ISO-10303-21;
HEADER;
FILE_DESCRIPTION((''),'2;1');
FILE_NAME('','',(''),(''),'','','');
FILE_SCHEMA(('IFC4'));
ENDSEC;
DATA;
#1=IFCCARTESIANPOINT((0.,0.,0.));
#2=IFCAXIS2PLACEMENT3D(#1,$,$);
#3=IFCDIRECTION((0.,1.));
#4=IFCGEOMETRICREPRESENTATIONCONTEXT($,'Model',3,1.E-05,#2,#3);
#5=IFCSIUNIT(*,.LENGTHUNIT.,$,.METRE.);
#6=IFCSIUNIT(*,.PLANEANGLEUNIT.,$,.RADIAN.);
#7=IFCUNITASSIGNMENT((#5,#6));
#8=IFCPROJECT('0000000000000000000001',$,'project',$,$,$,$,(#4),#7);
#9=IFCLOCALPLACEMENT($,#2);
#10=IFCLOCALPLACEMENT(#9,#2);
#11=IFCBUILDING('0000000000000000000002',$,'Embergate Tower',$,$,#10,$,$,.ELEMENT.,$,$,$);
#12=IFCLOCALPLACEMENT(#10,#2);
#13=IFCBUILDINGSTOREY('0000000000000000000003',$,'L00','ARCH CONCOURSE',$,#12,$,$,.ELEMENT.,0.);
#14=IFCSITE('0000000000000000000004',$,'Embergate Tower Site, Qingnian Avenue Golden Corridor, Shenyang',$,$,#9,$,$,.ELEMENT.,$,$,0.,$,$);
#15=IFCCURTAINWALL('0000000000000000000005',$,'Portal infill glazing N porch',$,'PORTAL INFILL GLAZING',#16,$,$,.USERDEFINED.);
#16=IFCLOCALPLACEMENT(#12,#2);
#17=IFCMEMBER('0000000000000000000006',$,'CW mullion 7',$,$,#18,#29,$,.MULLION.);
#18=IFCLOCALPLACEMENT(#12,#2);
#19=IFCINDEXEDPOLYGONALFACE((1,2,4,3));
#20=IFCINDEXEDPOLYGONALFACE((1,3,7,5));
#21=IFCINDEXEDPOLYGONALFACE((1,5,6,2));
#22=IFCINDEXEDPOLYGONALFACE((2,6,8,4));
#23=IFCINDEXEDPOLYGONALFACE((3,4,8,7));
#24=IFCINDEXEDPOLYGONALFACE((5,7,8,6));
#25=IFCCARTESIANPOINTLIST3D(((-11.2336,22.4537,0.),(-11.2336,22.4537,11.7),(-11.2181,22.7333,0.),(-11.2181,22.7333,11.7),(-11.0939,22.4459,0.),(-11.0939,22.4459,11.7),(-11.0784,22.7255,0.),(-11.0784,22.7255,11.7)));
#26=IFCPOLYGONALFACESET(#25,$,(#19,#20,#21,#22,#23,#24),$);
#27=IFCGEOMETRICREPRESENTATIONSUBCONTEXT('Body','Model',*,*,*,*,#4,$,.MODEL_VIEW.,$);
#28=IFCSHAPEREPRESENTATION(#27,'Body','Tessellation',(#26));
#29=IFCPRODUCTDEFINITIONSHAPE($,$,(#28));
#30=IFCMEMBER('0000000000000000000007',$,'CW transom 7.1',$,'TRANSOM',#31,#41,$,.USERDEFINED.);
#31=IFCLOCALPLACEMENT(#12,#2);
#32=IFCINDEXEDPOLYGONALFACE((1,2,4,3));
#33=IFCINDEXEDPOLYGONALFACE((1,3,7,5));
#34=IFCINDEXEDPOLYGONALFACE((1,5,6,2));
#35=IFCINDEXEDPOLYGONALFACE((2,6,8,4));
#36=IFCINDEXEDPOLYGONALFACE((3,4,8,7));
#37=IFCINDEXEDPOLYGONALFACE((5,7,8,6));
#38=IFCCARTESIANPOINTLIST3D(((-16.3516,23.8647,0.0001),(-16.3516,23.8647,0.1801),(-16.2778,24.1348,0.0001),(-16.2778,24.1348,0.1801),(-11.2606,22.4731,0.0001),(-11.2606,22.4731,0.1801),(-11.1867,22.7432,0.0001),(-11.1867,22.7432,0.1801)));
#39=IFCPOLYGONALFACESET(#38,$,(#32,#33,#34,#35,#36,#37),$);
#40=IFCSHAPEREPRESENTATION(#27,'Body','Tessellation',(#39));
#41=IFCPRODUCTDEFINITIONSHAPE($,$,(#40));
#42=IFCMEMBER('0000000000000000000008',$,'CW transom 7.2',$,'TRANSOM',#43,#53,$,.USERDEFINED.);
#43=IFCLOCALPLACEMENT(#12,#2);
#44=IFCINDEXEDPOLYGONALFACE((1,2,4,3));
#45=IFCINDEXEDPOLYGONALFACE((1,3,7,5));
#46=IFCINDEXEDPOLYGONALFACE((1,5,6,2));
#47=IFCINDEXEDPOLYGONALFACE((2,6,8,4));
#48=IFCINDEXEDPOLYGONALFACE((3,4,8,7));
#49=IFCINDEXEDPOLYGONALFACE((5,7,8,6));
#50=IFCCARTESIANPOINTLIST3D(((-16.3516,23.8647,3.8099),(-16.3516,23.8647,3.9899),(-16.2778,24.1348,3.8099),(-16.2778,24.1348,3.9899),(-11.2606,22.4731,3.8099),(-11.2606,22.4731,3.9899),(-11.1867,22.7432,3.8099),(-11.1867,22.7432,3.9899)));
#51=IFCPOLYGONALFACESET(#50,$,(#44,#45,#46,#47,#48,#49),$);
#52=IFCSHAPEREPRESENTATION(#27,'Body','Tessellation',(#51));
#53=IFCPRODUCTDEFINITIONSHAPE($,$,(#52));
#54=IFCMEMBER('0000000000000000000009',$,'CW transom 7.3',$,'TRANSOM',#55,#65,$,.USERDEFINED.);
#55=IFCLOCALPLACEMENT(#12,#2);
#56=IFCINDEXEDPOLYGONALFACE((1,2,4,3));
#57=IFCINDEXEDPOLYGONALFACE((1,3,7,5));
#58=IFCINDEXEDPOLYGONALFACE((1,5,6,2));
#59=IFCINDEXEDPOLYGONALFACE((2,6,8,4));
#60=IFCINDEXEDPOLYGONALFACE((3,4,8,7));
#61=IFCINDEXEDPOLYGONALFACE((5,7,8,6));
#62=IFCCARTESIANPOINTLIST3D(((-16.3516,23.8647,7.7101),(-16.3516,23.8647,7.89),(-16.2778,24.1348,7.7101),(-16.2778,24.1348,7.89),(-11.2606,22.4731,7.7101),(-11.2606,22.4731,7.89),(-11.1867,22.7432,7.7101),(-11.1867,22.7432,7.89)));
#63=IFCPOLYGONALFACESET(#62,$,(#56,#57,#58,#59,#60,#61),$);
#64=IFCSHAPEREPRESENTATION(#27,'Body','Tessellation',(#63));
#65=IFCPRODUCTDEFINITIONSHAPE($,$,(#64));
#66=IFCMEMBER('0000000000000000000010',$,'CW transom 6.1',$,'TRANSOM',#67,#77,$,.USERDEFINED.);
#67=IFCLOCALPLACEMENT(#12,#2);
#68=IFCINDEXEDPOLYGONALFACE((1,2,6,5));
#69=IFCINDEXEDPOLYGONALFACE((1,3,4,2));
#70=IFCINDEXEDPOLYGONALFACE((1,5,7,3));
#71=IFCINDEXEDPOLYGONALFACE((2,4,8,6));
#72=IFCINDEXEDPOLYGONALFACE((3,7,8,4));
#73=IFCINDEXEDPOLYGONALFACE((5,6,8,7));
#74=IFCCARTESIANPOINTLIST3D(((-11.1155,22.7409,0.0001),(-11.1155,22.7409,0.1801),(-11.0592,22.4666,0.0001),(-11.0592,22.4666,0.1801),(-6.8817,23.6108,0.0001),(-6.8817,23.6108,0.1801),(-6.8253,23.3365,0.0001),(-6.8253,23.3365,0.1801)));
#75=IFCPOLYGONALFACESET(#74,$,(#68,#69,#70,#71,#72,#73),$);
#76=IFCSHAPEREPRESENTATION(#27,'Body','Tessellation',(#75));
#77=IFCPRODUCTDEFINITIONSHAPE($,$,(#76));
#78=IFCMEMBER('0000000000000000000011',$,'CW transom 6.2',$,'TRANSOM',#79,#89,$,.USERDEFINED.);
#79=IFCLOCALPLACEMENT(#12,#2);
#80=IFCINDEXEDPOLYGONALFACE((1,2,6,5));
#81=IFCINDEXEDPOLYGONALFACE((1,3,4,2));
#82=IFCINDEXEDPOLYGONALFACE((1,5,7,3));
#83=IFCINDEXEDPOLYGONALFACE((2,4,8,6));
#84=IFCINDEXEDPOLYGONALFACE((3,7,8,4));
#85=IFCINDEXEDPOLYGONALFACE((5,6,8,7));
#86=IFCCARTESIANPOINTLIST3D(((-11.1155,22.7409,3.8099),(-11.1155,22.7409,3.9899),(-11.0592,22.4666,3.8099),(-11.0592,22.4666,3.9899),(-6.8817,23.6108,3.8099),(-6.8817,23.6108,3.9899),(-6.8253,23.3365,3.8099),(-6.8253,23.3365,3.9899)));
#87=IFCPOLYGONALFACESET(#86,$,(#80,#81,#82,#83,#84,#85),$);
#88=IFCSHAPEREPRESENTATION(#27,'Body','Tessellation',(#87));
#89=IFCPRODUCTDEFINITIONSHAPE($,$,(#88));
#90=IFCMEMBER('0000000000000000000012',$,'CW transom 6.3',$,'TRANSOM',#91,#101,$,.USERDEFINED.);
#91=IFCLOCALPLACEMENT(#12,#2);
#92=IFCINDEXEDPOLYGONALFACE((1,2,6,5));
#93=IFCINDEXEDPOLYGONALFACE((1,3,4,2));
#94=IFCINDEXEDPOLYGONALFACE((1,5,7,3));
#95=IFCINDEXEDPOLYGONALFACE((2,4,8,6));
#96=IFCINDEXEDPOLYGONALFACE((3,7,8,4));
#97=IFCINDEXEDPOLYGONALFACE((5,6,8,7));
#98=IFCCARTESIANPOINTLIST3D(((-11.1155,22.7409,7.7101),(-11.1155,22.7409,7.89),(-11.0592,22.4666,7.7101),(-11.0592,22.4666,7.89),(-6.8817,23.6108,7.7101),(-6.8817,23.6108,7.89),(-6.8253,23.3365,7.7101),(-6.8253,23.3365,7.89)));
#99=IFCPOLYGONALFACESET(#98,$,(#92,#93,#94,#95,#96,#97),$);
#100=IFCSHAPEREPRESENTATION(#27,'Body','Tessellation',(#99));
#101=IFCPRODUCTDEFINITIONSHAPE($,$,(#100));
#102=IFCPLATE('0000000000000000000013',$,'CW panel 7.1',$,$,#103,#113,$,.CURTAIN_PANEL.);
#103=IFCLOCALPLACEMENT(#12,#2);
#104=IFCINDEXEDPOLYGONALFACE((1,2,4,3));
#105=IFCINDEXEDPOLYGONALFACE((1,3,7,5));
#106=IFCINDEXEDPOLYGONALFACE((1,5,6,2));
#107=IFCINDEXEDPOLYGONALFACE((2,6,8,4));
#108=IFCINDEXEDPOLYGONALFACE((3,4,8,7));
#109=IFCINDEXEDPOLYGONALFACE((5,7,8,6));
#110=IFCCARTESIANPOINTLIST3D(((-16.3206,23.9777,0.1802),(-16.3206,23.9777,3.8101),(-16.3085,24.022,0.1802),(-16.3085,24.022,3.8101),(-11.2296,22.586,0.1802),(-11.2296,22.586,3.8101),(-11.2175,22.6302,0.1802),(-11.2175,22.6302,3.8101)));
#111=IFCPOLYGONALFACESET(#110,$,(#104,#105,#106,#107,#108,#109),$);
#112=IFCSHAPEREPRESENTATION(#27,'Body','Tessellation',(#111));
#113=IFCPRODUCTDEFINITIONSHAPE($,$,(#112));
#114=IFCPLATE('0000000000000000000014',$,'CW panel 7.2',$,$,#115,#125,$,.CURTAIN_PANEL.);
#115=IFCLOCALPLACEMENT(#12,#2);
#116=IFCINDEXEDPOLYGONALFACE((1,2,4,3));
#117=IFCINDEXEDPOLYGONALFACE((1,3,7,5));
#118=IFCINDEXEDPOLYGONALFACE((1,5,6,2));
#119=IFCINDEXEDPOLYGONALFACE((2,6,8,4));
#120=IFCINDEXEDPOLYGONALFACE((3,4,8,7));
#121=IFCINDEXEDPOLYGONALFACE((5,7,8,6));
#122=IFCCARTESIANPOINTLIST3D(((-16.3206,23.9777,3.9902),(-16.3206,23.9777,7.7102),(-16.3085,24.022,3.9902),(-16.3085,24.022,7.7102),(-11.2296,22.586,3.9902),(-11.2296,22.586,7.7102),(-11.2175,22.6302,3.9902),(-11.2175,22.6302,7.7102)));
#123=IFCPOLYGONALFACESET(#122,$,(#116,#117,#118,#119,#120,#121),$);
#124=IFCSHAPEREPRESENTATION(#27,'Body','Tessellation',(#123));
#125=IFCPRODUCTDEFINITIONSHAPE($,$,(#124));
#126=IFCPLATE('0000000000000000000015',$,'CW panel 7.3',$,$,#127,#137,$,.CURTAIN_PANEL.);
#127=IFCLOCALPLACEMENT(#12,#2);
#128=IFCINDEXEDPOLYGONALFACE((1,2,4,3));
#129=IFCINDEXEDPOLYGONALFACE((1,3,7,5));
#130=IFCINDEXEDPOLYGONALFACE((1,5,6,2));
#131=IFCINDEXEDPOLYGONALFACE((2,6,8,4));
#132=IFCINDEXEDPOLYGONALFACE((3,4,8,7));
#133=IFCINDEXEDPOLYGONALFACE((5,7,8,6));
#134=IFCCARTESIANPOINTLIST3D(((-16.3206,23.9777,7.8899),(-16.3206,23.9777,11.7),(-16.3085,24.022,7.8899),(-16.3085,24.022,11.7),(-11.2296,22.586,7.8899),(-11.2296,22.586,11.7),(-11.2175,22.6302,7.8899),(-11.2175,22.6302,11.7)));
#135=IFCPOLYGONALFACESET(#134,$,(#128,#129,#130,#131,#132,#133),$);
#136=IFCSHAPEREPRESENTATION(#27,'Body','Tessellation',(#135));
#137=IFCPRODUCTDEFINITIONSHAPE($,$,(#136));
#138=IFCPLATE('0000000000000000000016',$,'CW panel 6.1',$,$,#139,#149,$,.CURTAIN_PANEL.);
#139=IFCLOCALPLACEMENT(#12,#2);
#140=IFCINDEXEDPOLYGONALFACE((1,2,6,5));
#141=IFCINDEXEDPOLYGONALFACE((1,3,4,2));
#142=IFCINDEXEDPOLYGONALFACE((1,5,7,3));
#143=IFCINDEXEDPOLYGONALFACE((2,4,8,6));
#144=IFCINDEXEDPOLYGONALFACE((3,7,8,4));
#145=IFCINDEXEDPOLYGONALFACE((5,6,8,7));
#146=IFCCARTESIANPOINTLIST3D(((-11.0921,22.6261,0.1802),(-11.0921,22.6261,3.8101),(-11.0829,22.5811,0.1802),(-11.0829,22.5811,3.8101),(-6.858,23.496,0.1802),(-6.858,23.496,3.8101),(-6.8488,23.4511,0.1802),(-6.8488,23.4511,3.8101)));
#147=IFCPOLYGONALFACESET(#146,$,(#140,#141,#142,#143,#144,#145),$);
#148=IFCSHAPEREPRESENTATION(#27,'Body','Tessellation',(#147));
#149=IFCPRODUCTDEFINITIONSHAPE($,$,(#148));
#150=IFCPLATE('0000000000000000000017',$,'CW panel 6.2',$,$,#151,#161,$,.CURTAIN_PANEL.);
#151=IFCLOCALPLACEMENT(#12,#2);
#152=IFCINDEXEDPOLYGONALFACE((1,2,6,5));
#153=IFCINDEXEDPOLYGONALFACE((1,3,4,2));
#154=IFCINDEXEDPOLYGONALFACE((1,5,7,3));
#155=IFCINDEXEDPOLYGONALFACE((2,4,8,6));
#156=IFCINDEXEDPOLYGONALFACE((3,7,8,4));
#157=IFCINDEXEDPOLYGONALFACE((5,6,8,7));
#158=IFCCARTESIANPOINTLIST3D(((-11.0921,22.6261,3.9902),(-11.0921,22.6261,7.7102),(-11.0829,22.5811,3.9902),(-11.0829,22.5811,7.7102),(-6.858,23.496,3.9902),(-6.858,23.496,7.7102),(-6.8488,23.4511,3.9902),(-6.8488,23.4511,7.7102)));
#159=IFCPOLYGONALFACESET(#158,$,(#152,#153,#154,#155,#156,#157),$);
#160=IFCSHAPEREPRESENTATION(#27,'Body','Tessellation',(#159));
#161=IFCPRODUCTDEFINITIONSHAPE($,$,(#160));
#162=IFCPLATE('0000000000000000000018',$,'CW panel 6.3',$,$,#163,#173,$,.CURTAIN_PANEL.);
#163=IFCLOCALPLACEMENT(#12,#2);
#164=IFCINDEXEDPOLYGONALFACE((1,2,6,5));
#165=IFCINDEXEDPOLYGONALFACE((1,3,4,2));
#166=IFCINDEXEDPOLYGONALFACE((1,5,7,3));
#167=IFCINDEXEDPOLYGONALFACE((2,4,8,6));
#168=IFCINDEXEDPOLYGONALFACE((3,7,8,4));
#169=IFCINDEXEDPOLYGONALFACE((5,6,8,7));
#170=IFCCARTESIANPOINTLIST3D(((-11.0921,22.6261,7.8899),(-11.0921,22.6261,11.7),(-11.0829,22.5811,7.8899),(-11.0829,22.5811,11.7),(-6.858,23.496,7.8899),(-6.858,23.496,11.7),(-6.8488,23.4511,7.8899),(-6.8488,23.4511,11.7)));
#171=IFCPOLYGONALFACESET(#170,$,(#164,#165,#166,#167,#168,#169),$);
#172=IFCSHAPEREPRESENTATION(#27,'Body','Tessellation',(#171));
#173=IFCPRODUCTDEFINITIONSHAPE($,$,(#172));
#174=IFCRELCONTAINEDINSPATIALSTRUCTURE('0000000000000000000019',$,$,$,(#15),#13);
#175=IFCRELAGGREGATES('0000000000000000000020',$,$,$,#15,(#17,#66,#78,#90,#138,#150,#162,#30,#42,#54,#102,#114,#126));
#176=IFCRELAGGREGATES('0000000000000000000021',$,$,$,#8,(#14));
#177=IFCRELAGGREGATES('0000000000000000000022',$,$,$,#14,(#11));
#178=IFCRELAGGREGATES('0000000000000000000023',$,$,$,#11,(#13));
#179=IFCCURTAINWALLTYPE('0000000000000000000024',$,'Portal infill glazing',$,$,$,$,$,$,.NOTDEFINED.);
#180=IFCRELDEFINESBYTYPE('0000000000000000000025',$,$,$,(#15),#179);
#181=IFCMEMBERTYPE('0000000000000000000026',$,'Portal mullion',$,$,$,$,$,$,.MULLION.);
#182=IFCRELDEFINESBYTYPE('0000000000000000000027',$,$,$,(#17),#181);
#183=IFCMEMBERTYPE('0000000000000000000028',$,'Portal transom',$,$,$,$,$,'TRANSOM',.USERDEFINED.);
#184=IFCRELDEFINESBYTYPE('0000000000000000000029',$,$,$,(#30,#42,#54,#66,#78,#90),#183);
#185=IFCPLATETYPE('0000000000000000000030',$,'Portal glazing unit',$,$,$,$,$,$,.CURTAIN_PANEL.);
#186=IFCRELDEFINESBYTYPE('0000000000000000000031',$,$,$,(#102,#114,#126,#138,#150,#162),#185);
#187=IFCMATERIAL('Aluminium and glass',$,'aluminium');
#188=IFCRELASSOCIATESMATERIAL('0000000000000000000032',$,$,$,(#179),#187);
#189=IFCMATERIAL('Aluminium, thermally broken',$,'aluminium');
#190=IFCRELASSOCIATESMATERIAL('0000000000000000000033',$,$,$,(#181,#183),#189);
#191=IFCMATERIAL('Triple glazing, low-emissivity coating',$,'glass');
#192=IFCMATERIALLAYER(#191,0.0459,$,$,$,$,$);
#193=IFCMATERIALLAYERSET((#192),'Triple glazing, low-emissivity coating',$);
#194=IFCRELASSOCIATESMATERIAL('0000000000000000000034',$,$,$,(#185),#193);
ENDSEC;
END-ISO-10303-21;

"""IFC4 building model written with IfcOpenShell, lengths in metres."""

from ifc_helpers import new_model, si_unit, direction, frame, origin, origin_2d, place, context, subcontext, project, spatial, rectangle, extrude, source, transform, mapped, material, layer, layer_set, material_profile, profile_set, type_object, element, aggregate, save


model = new_model("IFC4")

# Units and contexts
model_context = context("Model", 3, precision=1e-05, world=origin(), true_north=direction((0.0, 1.0)))
body_context = subcontext(model_context, "Body", "Model", "MODEL_VIEW")
ifc_project = project(units=[si_unit("LENGTHUNIT", "METRE"), si_unit("PLANEANGLEUNIT", "RADIAN")], contexts=[model_context])

# Site, building, storey
site_placement = place(None, origin())
site = spatial("IfcSite", under=ifc_project, at=site_placement, Name="Embergate Tower Site, Qingnian Avenue Golden Corridor, Shenyang", CompositionType="ELEMENT", RefElevation=0.0)
building_placement = place(site_placement, origin())
building = spatial("IfcBuilding", under=site, at=building_placement, Name="Embergate Tower", CompositionType="ELEMENT")
storey_placement = place(building_placement, origin())
storey = spatial("IfcBuildingStorey", under=building, at=storey_placement, Name="L00", Description="ARCH CONCOURSE", CompositionType="ELEMENT", Elevation=0.0)

# Curtain wall, members, plates
ifc_material_1 = material(Name="Aluminium and glass", Category="aluminium")
curtain_wall_type = type_object("IfcCurtainWallType", Name="Portal infill glazing", PredefinedType="NOTDEFINED", material=ifc_material_1)
curtain_wall_placement = place(storey_placement, origin())
curtain_wall = element("IfcCurtainWall", 1, at=curtain_wall_placement, inside=storey, type_object=curtain_wall_type, Name="Portal infill glazing N porch", ObjectType="PORTAL INFILL GLAZING", PredefinedType="USERDEFINED")
ifc_material_2 = material(Name="Aluminium, thermally broken", Category="aluminium")
ifc_material_profile_1 = material_profile(ifc_material_2, rectangle(XDim=0.28, YDim=0.1399, at=origin_2d()), Name="AL 140x280")
ifc_profile_set_1 = profile_set([ifc_material_profile_1], Name="Aluminium, thermally broken")
member_type_1 = type_object("IfcMemberType", Name="Portal mullion", PredefinedType="MULLION", material=ifc_profile_set_1)
shared_shape_1 = source(origin(), body_context, "Body", "SweptSolid", [
    extrude(rectangle(XDim=0.28, YDim=0.1399, at=origin_2d()), origin(), (0.0, 0.0, 1.0), 11.7),
])
member_1_placement = place(storey_placement, frame((-11.156, 22.5896, 0.0), z_axis=(0.0, 0.0, 1.0), x_axis=(-0.055198, -0.998475, 0.0)))
member_1 = element("IfcMember", 2, at=member_1_placement, type_object=member_type_1, Name="CW mullion 7", PredefinedType="MULLION", context=body_context, shape_type="MappedRepresentation", body=[
    mapped(shared_shape_1, transform((0.0, 0.0, 0.0))),
])
ifc_material_profile_2 = material_profile(ifc_material_2, rectangle(XDim=0.28, YDim=0.1799, at=origin_2d()), Name="AL 180x280")
ifc_profile_set_2 = profile_set([ifc_material_profile_2], Name="Aluminium, thermally broken")
member_type_2 = type_object("IfcMemberType", Name="Portal transom", ElementType="TRANSOM", PredefinedType="USERDEFINED", material=ifc_profile_set_2)
shared_shape_2 = source(origin(), body_context, "Body", "SweptSolid", [
    extrude(rectangle(XDim=0.28, YDim=0.1799, at=origin_2d()), origin(), (0.0, 0.0, 1.0), 5.2778),
])
member_2_placement = place(storey_placement, frame((-11.2236, 22.6082, 0.0901), z_axis=(-0.964613, 0.263669, 0.0), x_axis=(-0.263669, -0.964613, 0.0)))
member_2 = element("IfcMember", 3, at=member_2_placement, type_object=member_type_2, Name="CW transom 7.1", ObjectType="TRANSOM", PredefinedType="USERDEFINED", context=body_context, shape_type="MappedRepresentation", body=[
    mapped(shared_shape_2, transform((0.0, 0.0, 0.0))),
])
member_3_placement = place(storey_placement, frame((-11.2236, 22.6082, 3.8999), z_axis=(-0.964613, 0.263669, 0.0), x_axis=(-0.263669, -0.964613, 0.0)))
member_3 = element("IfcMember", 4, at=member_3_placement, type_object=member_type_2, Name="CW transom 7.2", ObjectType="TRANSOM", PredefinedType="USERDEFINED", context=body_context, shape_type="MappedRepresentation", body=[
    mapped(shared_shape_2, transform((0.0, 0.0, 0.0))),
])
member_4_placement = place(storey_placement, frame((-11.2236, 22.6082, 7.8), z_axis=(-0.964613, 0.263669, 0.0), x_axis=(-0.263669, -0.964613, 0.0)))
member_4 = element("IfcMember", 5, at=member_4_placement, type_object=member_type_2, Name="CW transom 7.3", ObjectType="TRANSOM", PredefinedType="USERDEFINED", context=body_context, shape_type="MappedRepresentation", body=[
    mapped(shared_shape_2, transform((0.0, 0.0, 0.0))),
])
shared_shape_3 = source(origin(), body_context, "Body", "SweptSolid", [
    extrude(rectangle(XDim=0.28, YDim=0.1799, at=origin_2d()), origin(), (0.0, 0.0, 1.0), 4.3223),
])
member_5_placement = place(storey_placement, frame((-6.8535, 23.4736, 0.0901), z_axis=(-0.97954, -0.201251, 0.0), x_axis=(0.201251, -0.97954, 0.0)))
member_5 = element("IfcMember", 6, at=member_5_placement, type_object=member_type_2, Name="CW transom 6.1", ObjectType="TRANSOM", PredefinedType="USERDEFINED", context=body_context, shape_type="MappedRepresentation", body=[
    mapped(shared_shape_3, transform((0.0, 0.0, 0.0))),
])
member_6_placement = place(storey_placement, frame((-6.8535, 23.4736, 3.8999), z_axis=(-0.97954, -0.201251, 0.0), x_axis=(0.201251, -0.97954, 0.0)))
member_6 = element("IfcMember", 7, at=member_6_placement, type_object=member_type_2, Name="CW transom 6.2", ObjectType="TRANSOM", PredefinedType="USERDEFINED", context=body_context, shape_type="MappedRepresentation", body=[
    mapped(shared_shape_3, transform((0.0, 0.0, 0.0))),
])
member_7_placement = place(storey_placement, frame((-6.8535, 23.4736, 7.8), z_axis=(-0.97954, -0.201251, 0.0), x_axis=(0.201251, -0.97954, 0.0)))
member_7 = element("IfcMember", 8, at=member_7_placement, type_object=member_type_2, Name="CW transom 6.3", ObjectType="TRANSOM", PredefinedType="USERDEFINED", context=body_context, shape_type="MappedRepresentation", body=[
    mapped(shared_shape_3, transform((0.0, 0.0, 0.0))),
])
ifc_material_3 = material(Name="Triple glazing, low-emissivity coating", Category="glass")
ifc_layer_1 = layer(ifc_material_3, 0.0459)
ifc_layer_set_1 = layer_set([ifc_layer_1], Name="Triple glazing, low-emissivity coating")
plate_type = type_object("IfcPlateType", Name="Portal glazing unit", PredefinedType="CURTAIN_PANEL", material=ifc_layer_set_1)
shared_shape_4 = source(origin(), body_context, "Body", "SweptSolid", [
    extrude(rectangle(XDim=5.2778, YDim=0.0459, at=origin_2d()), origin(), (0.0, 0.0, 1.0), 3.6299),
])
plate_1_placement = place(storey_placement, frame((-13.769, 23.304, 0.1802), z_axis=(0.0, 0.0, 1.0), x_axis=(-0.964607, 0.263693, 0.0)))
plate_1 = element("IfcPlate", 9, at=plate_1_placement, type_object=plate_type, Name="CW panel 7.1", PredefinedType="CURTAIN_PANEL", context=body_context, shape_type="MappedRepresentation", body=[
    mapped(shared_shape_4, transform((0.0, 0.0, 0.0))),
])
shared_shape_5 = source(origin(), body_context, "Body", "SweptSolid", [
    extrude(rectangle(XDim=5.2778, YDim=0.0459, at=origin_2d()), origin(), (0.0, 0.0, 1.0), 3.72),
])
plate_2_placement = place(storey_placement, frame((-13.769, 23.304, 3.9902), z_axis=(0.0, 0.0, 1.0), x_axis=(-0.964607, 0.263693, 0.0)))
plate_2 = element("IfcPlate", 10, at=plate_2_placement, type_object=plate_type, Name="CW panel 7.2", PredefinedType="CURTAIN_PANEL", context=body_context, shape_type="MappedRepresentation", body=[
    mapped(shared_shape_5, transform((0.0, 0.0, 0.0))),
])
shared_shape_6 = source(origin(), body_context, "Body", "SweptSolid", [
    extrude(rectangle(XDim=5.2778, YDim=0.0459, at=origin_2d()), origin(), (0.0, 0.0, 1.0), 3.8101),
])
plate_3_placement = place(storey_placement, frame((-13.769, 23.304, 7.8899), z_axis=(0.0, 0.0, 1.0), x_axis=(-0.964607, 0.263693, 0.0)))
plate_3 = element("IfcPlate", 11, at=plate_3_placement, type_object=plate_type, Name="CW panel 7.3", PredefinedType="CURTAIN_PANEL", context=body_context, shape_type="MappedRepresentation", body=[
    mapped(shared_shape_6, transform((0.0, 0.0, 0.0))),
])
shared_shape_7 = source(origin(), body_context, "Body", "SweptSolid", [
    extrude(rectangle(XDim=4.3225, YDim=0.0459, at=origin_2d()), origin(), (0.0, 0.0, 1.0), 3.6299),
])
plate_4_placement = place(storey_placement, frame((-8.9705, 23.0386, 0.1802), z_axis=(0.0, 0.0, 1.0), x_axis=(-0.979538, -0.201257, 0.0)))
plate_4 = element("IfcPlate", 12, at=plate_4_placement, type_object=plate_type, Name="CW panel 6.1", PredefinedType="CURTAIN_PANEL", context=body_context, shape_type="MappedRepresentation", body=[
    mapped(shared_shape_7, transform((0.0, 0.0, 0.0))),
])
shared_shape_8 = source(origin(), body_context, "Body", "SweptSolid", [
    extrude(rectangle(XDim=4.3225, YDim=0.0459, at=origin_2d()), origin(), (0.0, 0.0, 1.0), 3.72),
])
plate_5_placement = place(storey_placement, frame((-8.9705, 23.0386, 3.9902), z_axis=(0.0, 0.0, 1.0), x_axis=(-0.979538, -0.201257, 0.0)))
plate_5 = element("IfcPlate", 13, at=plate_5_placement, type_object=plate_type, Name="CW panel 6.2", PredefinedType="CURTAIN_PANEL", context=body_context, shape_type="MappedRepresentation", body=[
    mapped(shared_shape_8, transform((0.0, 0.0, 0.0))),
])
shared_shape_9 = source(origin(), body_context, "Body", "SweptSolid", [
    extrude(rectangle(XDim=4.3225, YDim=0.0459, at=origin_2d()), origin(), (0.0, 0.0, 1.0), 3.8101),
])
plate_6_placement = place(storey_placement, frame((-8.9705, 23.0386, 7.8899), z_axis=(0.0, 0.0, 1.0), x_axis=(-0.979538, -0.201257, 0.0)))
plate_6 = element("IfcPlate", 14, at=plate_6_placement, type_object=plate_type, Name="CW panel 6.3", PredefinedType="CURTAIN_PANEL", context=body_context, shape_type="MappedRepresentation", body=[
    mapped(shared_shape_9, transform((0.0, 0.0, 0.0))),
])
aggregate(curtain_wall, [member_1, member_5, member_6, member_7, plate_4, plate_5, plate_6, member_2, member_3, member_4, plate_1, plate_2, plate_3])

save(model, "model.ifc")
